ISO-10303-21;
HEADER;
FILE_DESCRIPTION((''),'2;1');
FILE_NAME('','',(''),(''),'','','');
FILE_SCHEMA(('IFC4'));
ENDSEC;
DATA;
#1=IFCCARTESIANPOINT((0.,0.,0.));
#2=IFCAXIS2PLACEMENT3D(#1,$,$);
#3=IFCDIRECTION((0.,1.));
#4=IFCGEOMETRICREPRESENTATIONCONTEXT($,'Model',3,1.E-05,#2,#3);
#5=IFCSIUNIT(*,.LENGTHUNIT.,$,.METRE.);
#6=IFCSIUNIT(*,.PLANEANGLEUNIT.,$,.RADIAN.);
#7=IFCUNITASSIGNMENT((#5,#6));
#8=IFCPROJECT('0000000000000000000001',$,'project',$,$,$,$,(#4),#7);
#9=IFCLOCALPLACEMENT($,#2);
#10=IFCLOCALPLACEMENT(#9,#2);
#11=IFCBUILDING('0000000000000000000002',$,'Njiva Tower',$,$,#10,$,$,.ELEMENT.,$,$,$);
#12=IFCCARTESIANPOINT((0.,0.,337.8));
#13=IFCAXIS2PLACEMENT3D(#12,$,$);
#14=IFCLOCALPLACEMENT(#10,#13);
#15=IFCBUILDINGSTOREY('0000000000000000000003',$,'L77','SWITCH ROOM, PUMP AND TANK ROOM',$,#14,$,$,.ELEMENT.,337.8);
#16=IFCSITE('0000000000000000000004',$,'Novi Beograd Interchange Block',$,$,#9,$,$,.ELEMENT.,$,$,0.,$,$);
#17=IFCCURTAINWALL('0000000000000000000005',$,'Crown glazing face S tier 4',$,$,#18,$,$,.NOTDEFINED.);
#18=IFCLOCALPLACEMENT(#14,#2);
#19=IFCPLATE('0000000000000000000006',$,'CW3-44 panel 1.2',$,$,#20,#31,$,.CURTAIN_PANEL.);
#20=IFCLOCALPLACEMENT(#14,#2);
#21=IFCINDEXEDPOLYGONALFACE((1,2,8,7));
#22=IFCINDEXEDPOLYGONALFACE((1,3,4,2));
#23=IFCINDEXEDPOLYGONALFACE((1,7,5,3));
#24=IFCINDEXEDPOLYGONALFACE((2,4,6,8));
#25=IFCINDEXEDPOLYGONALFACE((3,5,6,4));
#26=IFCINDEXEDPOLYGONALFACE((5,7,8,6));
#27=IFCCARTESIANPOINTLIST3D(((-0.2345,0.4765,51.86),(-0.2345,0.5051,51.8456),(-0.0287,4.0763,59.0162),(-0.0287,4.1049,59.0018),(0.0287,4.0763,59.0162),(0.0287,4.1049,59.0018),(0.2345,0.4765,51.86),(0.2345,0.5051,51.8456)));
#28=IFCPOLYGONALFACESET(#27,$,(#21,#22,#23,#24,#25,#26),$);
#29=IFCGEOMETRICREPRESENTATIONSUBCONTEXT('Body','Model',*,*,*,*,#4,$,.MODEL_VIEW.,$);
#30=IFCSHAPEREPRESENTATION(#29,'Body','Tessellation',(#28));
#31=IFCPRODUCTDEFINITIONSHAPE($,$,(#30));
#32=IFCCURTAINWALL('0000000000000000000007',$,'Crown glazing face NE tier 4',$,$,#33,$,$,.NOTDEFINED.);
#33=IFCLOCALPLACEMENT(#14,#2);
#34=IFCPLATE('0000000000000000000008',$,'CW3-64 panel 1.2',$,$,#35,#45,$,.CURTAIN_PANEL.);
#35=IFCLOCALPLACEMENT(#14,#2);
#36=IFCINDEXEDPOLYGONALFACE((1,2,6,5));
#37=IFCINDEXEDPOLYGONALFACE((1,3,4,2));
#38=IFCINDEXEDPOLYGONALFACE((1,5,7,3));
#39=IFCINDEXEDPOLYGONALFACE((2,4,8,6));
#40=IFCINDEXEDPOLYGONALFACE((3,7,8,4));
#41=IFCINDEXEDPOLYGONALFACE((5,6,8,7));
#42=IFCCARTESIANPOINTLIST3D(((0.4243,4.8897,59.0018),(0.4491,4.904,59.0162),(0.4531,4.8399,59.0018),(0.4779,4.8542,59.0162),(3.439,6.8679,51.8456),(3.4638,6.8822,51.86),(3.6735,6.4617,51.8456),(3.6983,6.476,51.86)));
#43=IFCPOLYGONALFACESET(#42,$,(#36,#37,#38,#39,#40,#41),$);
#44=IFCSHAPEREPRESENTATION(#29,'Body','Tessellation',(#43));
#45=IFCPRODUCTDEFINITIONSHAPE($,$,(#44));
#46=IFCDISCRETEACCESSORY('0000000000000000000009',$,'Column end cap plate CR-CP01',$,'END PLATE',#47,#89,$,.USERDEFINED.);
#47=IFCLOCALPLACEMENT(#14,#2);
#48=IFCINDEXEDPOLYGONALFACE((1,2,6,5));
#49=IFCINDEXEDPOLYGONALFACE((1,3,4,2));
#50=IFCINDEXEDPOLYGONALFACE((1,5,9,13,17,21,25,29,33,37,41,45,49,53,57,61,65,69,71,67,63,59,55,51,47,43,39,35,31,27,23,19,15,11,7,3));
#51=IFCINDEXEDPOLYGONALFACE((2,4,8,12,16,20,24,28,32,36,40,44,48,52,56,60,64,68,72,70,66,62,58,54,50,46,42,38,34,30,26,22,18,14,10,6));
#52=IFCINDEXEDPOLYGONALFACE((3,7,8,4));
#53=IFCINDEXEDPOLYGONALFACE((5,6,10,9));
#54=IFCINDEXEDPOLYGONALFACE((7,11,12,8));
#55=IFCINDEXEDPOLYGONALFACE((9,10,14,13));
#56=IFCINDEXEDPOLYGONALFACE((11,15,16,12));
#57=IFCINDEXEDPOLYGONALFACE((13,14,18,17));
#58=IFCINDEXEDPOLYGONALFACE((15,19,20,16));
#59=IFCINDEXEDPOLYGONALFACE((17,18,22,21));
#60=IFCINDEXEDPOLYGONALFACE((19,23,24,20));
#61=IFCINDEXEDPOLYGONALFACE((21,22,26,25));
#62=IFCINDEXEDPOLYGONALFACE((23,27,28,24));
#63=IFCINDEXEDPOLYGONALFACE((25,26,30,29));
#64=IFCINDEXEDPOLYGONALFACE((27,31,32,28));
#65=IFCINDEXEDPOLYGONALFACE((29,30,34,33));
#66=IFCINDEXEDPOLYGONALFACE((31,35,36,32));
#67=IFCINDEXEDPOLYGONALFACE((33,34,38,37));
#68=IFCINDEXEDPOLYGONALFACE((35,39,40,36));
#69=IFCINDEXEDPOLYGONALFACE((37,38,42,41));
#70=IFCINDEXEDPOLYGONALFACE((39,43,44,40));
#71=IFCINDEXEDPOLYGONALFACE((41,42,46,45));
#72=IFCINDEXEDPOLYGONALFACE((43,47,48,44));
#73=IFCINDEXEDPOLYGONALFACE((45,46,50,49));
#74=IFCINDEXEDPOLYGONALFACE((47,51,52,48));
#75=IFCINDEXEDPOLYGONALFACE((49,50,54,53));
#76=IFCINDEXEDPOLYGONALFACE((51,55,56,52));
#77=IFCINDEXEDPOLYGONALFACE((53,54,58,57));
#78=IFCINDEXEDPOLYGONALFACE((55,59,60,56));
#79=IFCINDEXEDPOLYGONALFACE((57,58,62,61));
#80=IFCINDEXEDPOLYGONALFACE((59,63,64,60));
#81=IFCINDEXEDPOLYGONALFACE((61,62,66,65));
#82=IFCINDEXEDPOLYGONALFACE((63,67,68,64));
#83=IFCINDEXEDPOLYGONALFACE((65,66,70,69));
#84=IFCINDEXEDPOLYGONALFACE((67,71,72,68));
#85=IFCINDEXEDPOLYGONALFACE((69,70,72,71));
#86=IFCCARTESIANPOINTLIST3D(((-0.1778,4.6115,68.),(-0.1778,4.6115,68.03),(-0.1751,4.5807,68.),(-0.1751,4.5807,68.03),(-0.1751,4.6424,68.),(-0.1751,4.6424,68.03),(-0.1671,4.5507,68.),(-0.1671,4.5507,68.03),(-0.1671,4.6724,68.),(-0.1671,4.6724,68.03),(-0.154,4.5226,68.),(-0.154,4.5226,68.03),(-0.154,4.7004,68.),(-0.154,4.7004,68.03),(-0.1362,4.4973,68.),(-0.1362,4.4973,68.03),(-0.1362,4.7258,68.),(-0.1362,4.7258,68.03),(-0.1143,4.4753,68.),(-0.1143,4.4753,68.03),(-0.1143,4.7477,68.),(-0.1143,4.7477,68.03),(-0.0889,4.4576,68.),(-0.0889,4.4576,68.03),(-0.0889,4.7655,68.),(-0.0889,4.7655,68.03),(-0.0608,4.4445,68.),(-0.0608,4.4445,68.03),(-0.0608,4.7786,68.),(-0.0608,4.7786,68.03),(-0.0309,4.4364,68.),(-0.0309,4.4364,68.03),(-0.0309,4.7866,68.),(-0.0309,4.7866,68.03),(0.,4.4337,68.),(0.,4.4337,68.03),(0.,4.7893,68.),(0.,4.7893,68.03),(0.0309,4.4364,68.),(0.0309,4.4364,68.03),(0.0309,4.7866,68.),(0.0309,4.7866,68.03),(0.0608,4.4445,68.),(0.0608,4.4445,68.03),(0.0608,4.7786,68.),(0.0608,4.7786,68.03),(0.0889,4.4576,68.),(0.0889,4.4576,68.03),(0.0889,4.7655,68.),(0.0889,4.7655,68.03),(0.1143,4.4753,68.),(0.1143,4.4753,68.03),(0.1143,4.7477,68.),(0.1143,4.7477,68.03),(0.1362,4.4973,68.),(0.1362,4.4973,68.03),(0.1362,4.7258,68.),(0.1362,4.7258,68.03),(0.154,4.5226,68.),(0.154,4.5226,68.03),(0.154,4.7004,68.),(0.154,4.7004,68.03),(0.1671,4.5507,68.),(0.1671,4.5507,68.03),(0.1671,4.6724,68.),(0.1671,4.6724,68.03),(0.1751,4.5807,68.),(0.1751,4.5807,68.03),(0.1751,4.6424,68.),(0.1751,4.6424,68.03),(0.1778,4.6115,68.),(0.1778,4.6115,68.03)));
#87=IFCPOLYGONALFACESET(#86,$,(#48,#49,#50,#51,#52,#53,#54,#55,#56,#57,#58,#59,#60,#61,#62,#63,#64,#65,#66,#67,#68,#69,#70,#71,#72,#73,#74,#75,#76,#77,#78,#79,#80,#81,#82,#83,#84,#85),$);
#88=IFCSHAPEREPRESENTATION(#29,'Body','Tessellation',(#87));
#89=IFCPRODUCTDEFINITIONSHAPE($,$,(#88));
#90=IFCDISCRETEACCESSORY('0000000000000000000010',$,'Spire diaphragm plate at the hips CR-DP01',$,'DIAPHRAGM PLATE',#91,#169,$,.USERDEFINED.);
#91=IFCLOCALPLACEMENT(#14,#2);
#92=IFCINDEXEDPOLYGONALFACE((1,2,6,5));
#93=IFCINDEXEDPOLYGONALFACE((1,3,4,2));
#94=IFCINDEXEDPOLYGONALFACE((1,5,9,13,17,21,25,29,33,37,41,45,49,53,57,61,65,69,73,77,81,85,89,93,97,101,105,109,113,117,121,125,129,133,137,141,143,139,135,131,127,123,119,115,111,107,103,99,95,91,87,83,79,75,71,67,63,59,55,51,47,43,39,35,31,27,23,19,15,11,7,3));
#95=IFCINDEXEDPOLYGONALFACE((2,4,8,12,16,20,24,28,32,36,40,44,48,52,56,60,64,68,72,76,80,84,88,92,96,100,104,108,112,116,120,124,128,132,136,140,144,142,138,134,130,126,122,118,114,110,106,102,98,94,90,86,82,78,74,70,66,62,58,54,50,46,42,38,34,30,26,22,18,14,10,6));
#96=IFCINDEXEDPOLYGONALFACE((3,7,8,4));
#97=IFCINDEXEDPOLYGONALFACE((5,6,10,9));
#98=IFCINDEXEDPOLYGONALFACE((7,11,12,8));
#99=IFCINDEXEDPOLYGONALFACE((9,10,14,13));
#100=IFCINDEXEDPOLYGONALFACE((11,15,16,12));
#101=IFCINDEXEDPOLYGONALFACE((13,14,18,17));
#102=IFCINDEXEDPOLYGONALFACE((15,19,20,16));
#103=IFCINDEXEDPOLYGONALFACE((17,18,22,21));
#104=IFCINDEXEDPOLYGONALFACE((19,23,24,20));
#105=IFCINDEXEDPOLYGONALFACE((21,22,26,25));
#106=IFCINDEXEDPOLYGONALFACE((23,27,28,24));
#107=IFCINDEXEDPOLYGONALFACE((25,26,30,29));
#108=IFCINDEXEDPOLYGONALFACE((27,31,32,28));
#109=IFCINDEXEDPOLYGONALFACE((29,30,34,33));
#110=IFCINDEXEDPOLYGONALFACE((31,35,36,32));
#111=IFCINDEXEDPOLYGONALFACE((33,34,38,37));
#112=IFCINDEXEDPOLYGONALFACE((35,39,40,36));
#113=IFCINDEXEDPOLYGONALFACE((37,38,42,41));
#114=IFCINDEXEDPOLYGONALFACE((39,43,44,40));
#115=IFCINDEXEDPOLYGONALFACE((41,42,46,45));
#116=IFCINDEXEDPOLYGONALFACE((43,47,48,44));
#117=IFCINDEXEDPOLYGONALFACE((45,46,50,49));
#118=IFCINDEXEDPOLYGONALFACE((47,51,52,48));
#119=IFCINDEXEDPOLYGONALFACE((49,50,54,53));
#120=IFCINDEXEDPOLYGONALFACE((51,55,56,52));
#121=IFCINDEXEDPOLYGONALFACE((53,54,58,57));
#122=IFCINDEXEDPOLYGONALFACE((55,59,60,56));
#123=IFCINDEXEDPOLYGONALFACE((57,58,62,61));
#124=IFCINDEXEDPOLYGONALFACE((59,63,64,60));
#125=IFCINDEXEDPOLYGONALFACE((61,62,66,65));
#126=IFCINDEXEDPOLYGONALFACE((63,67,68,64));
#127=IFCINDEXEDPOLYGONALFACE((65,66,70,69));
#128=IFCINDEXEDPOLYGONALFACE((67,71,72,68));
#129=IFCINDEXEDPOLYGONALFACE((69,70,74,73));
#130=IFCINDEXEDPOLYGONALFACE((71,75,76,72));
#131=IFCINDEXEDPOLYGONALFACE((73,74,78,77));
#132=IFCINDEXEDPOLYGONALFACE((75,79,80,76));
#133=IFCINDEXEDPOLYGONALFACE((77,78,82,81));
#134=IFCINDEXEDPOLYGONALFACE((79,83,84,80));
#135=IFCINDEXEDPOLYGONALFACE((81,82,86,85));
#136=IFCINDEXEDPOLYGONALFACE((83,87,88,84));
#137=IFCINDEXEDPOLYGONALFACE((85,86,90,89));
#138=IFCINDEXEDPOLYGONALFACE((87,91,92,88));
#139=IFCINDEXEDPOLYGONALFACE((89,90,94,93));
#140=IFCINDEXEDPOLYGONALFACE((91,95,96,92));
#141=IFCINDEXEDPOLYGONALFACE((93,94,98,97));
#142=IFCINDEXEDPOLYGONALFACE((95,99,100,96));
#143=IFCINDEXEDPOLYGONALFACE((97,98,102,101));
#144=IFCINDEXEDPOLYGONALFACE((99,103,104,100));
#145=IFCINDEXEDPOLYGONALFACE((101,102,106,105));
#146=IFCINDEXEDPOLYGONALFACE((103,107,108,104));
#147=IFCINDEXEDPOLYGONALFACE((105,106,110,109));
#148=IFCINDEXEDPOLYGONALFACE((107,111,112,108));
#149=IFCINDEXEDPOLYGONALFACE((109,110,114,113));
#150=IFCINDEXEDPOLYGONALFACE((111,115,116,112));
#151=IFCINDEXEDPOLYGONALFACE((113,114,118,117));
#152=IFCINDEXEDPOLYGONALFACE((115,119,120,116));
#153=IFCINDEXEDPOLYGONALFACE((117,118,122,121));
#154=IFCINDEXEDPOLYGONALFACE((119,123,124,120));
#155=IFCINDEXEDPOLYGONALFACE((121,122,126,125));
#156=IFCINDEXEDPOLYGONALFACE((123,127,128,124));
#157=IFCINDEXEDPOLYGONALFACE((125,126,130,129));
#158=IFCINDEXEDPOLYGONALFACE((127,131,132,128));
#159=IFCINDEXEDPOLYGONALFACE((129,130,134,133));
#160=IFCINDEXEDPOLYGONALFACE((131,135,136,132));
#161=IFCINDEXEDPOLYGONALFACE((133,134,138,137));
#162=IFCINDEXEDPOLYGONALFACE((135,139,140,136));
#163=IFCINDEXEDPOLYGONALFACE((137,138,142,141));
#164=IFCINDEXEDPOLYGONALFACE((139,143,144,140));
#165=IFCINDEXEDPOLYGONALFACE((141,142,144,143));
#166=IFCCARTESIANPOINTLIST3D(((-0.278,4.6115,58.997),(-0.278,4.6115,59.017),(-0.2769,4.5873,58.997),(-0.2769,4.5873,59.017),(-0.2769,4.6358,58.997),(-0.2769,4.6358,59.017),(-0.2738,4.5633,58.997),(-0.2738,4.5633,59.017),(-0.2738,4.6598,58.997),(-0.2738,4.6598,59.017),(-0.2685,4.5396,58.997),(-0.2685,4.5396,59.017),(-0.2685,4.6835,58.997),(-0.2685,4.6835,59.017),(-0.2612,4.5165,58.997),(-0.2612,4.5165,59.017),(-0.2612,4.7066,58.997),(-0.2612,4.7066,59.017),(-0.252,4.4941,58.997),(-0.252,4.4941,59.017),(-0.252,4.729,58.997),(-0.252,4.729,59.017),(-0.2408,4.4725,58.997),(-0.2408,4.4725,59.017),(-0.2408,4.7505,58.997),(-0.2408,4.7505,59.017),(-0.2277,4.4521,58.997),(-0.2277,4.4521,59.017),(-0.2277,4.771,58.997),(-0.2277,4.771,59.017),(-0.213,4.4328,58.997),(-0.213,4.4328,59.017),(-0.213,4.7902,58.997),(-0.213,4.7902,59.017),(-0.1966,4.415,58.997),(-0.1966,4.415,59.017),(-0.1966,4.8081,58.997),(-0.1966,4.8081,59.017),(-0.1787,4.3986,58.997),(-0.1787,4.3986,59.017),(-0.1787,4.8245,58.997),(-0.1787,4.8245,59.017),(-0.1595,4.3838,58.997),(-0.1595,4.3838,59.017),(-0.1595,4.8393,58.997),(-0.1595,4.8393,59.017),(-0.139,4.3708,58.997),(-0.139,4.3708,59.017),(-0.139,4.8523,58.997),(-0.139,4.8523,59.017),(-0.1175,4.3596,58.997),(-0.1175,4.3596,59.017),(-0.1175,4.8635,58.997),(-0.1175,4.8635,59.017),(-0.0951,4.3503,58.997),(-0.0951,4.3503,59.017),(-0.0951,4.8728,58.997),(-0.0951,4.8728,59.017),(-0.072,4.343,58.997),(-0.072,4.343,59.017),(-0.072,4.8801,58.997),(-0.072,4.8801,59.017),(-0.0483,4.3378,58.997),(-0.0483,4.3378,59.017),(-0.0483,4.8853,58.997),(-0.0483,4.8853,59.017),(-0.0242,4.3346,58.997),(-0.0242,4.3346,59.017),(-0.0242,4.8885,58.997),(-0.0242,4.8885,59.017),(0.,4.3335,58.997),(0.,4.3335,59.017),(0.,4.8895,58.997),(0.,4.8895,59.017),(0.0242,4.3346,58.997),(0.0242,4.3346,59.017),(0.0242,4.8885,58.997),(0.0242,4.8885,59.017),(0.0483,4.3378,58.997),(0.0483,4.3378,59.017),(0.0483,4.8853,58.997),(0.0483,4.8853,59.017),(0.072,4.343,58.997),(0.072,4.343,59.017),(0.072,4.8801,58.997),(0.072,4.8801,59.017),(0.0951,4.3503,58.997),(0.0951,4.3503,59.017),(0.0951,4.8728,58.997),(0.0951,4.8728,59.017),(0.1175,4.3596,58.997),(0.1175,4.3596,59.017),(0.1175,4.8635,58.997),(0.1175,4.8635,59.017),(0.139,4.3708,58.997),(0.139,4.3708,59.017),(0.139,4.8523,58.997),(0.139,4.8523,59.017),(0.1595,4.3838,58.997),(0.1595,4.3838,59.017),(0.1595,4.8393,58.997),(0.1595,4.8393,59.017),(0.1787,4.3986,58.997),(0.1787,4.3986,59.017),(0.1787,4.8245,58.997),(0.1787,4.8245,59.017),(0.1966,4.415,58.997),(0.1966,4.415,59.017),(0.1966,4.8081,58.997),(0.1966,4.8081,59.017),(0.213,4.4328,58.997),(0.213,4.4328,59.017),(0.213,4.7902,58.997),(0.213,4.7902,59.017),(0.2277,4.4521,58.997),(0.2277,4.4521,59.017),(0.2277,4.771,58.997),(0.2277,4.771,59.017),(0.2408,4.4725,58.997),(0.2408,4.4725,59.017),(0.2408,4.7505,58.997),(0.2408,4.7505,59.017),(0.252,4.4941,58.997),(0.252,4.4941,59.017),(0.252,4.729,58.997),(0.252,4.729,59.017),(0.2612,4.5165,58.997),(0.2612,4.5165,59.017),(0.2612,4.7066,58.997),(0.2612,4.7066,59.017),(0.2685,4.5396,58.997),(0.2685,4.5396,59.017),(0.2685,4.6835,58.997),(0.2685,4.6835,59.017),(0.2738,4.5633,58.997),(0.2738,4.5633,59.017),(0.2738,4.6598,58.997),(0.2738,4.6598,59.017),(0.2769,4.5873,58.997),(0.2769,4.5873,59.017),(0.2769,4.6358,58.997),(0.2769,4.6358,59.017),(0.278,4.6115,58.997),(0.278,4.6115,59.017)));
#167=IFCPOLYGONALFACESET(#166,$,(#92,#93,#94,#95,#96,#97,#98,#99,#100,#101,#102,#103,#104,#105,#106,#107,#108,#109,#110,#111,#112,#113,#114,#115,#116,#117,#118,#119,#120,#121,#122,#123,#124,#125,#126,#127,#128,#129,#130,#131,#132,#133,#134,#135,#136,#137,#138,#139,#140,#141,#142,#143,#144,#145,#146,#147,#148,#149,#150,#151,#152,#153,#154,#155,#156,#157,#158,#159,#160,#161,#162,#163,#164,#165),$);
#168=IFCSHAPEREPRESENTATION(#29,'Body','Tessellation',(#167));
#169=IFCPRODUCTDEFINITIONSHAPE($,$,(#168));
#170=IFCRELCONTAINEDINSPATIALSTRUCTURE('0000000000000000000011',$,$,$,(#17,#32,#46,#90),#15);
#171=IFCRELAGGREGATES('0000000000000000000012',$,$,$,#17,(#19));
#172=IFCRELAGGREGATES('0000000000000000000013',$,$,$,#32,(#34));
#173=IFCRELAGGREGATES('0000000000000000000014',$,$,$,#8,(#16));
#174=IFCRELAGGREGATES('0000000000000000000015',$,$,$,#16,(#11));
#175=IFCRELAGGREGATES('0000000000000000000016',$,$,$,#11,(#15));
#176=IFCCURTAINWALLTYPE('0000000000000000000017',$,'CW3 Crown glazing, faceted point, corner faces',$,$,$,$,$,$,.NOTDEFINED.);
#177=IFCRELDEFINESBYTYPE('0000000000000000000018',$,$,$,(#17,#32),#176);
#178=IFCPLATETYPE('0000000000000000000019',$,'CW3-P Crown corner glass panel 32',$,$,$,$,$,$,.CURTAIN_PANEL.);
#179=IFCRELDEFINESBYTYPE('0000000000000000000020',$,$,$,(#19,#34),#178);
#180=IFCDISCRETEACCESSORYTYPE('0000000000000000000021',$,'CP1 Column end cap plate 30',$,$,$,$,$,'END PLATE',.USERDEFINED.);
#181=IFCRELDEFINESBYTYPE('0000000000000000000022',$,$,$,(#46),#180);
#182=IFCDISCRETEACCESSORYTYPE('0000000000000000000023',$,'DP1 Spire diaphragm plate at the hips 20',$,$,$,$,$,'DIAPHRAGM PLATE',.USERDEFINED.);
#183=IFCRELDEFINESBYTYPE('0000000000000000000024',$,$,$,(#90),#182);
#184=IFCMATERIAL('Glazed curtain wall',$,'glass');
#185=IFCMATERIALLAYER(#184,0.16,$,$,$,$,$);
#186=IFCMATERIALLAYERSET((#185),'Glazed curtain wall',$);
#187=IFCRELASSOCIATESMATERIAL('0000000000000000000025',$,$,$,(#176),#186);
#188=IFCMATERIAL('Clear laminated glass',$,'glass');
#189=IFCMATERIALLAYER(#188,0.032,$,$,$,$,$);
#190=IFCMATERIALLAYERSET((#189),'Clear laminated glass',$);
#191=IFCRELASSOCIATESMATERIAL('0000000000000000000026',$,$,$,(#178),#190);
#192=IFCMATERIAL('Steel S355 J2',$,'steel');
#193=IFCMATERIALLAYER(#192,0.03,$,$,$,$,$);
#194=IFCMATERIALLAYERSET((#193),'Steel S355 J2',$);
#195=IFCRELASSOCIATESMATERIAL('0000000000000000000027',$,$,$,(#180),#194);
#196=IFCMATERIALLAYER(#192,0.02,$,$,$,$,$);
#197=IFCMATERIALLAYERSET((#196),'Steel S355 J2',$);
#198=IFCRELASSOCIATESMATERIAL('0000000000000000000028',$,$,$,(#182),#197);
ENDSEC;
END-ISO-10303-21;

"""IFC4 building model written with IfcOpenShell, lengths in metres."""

from ifc_helpers import new_model, si_unit, direction, frame, origin, place, context, subcontext, project, spatial, polyline, outline, extrude, material, layer, layer_set, type_object, element, aggregate, save


model = new_model("IFC4")

# Units and contexts
model_context = context("Model", 3, precision=1e-05, world=origin(), true_north=direction((0.0, 1.0)))
body_context = subcontext(model_context, "Body", "Model", "MODEL_VIEW")
ifc_project = project(units=[si_unit("LENGTHUNIT", "METRE"), si_unit("PLANEANGLEUNIT", "RADIAN")], contexts=[model_context])

# Site, building, storey
site_placement = place(None, origin())
site = spatial("IfcSite", under=ifc_project, at=site_placement, Name="Novi Beograd Interchange Block", CompositionType="ELEMENT", RefElevation=0.0)
building_placement = place(site_placement, origin())
building = spatial("IfcBuilding", under=site, at=building_placement, Name="Njiva Tower", CompositionType="ELEMENT")
storey_placement = place(building_placement, frame((0.0, 0.0, 337.8)))
storey = spatial("IfcBuildingStorey", under=building, at=storey_placement, Name="L77", Description="SWITCH ROOM, PUMP AND TANK ROOM", CompositionType="ELEMENT", Elevation=337.8)

# Shared definitions
ifc_material_1 = material(Name="Glazed curtain wall", Category="glass")

# Shared definitions
ifc_material_2 = material(Name="Clear laminated glass", Category="glass")

# Curtain walls, plates
ifc_layer_1 = layer(ifc_material_1, 0.16)
ifc_layer_set_1 = layer_set([ifc_layer_1], Name="Glazed curtain wall")
curtain_wall_type_1 = type_object("IfcCurtainWallType", Name="CW3 Crown glazing, faceted point, corner faces", PredefinedType="NOTDEFINED", material=ifc_layer_set_1)
ifc_layer_2 = layer(ifc_material_2, 0.032)
ifc_layer_set_2 = layer_set([ifc_layer_2], Name="Clear laminated glass")
plate_type_1 = type_object("IfcPlateType", Name="CW3-P Crown corner glass panel 32", PredefinedType="CURTAIN_PANEL", material=ifc_layer_set_2)
curtain_wall_1_placement = place(storey_placement, origin())
curtain_wall_1 = element("IfcCurtainWall", 1, at=curtain_wall_1_placement, inside=storey, type_object=curtain_wall_type_1, Name="Crown glazing face S tier 4", PredefinedType="NOTDEFINED")
plate_1_placement = place(storey_placement, frame((-0.2345, 0.4765, 51.86), z_axis=(0.0, -0.893341, 0.449379), x_axis=(1.0, 0.0, 0.0)))
plate_1 = element("IfcPlate", 2, at=plate_1_placement, type_object=plate_type_1, Name="CW3-44 panel 1.2", PredefinedType="CURTAIN_PANEL", context=body_context, shape_type="SweptSolid", body=[
    extrude(outline(polyline([(0.0, 0.0), (0.469, 0.0), (0.2632, 8.0106), (0.2058, 8.0106), (0.0, 0.0)])), origin(), (0.0, 0.0, -1.0), 0.032),
])
aggregate(curtain_wall_1, [plate_1])
curtain_wall_2_placement = place(storey_placement, origin())
curtain_wall_2 = element("IfcCurtainWall", 3, at=curtain_wall_2_placement, inside=storey, type_object=curtain_wall_type_1, Name="Crown glazing face NE tier 4", PredefinedType="NOTDEFINED")
plate_2_placement = place(storey_placement, frame((3.6983, 6.476, 51.86), z_axis=(0.773632, 0.446705, 0.449387), x_axis=(-0.500026, 0.866011, -0.000033)))
plate_2 = element("IfcPlate", 4, at=plate_2_placement, type_object=plate_type_1, Name="CW3-64 panel 1.2", PredefinedType="CURTAIN_PANEL", context=body_context, shape_type="SweptSolid", body=[
    extrude(outline(polyline([(0.0, 0.0), (0.469, 0.0), (0.2631, 8.0106), (0.2055, 8.0106), (0.0, 0.0)])), origin(), (0.0, 0.0, -1.0), 0.032),
])
aggregate(curtain_wall_2, [plate_2])

# Discrete accessories
ifc_material_3 = material(Name="Steel S355 J2", Category="steel")
ifc_layer_3 = layer(ifc_material_3, 0.03)
ifc_layer_set_3 = layer_set([ifc_layer_3], Name="Steel S355 J2")
discrete_accessory_type_1 = type_object("IfcDiscreteAccessoryType", Name="CP1 Column end cap plate 30", ElementType="END PLATE", PredefinedType="USERDEFINED", material=ifc_layer_set_3)
discrete_accessory_1_placement = place(storey_placement, frame((0.0, 4.6115, 68.0)))
element("IfcDiscreteAccessory", 5, at=discrete_accessory_1_placement, inside=storey, type_object=discrete_accessory_type_1, Name="Column end cap plate CR-CP01", ObjectType="END PLATE", PredefinedType="USERDEFINED", context=body_context, shape_type="SweptSolid", body=[
    extrude(outline(polyline([(0.1778, 0.0), (0.1751, 0.0309), (0.1671, 0.0609), (0.154, 0.0889), (0.1362, 0.1143), (0.1143, 0.1362), (0.0889, 0.154), (0.0608, 0.1671), (0.0309, 0.1751), (0.0, 0.1778), (-0.0309, 0.1751), (-0.0608, 0.1671), (-0.0889, 0.154), (-0.1143, 0.1362), (-0.1362, 0.1143), (-0.154, 0.0889), (-0.1671, 0.0609), (-0.1751, 0.0309), (-0.1778, 0.0), (-0.1751, -0.0308), (-0.1671, -0.0608), (-0.154, -0.0889), (-0.1362, -0.1142), (-0.1143, -0.1362), (-0.0889, -0.1539), (-0.0608, -0.167), (-0.0309, -0.1751), (0.0, -0.1778), (0.0309, -0.1751), (0.0608, -0.167), (0.0889, -0.1539), (0.1143, -0.1362), (0.1362, -0.1142), (0.154, -0.0889), (0.1671, -0.0608), (0.1751, -0.0308), (0.1778, 0.0)])), origin(), (0.0, 0.0, 1.0), 0.03),
])
ifc_layer_4 = layer(ifc_material_3, 0.02)
ifc_layer_set_4 = layer_set([ifc_layer_4], Name="Steel S355 J2")
discrete_accessory_type_2 = type_object("IfcDiscreteAccessoryType", Name="DP1 Spire diaphragm plate at the hips 20", ElementType="DIAPHRAGM PLATE", PredefinedType="USERDEFINED", material=ifc_layer_set_4)
discrete_accessory_2_placement = place(storey_placement, frame((0.0, 4.6115, 58.997)))
element("IfcDiscreteAccessory", 6, at=discrete_accessory_2_placement, inside=storey, type_object=discrete_accessory_type_2, Name="Spire diaphragm plate at the hips CR-DP01", ObjectType="DIAPHRAGM PLATE", PredefinedType="USERDEFINED", context=body_context, shape_type="SweptSolid", body=[
    extrude(outline(polyline([(0.278, 0.0), (0.2769, 0.0243), (0.2738, 0.0483), (0.2685, 0.072), (0.2612, 0.0951), (0.252, 0.1175), (0.2408, 0.139), (0.2277, 0.1595), (0.213, 0.1787), (0.1966, 0.1966), (0.1787, 0.213), (0.1595, 0.2278), (0.139, 0.2408), (0.1175, 0.252), (0.0951, 0.2613), (0.072, 0.2686), (0.0483, 0.2738), (0.0242, 0.277), (0.0, 0.278), (-0.0242, 0.277), (-0.0483, 0.2738), (-0.072, 0.2686), (-0.0951, 0.2613), (-0.1175, 0.252), (-0.139, 0.2408), (-0.1595, 0.2278), (-0.1787, 0.213), (-0.1966, 0.1966), (-0.213, 0.1787), (-0.2277, 0.1595), (-0.2408, 0.139), (-0.252, 0.1175), (-0.2612, 0.0951), (-0.2685, 0.072), (-0.2738, 0.0483), (-0.2769, 0.0243), (-0.278, 0.0), (-0.2769, -0.0242), (-0.2738, -0.0482), (-0.2685, -0.0719), (-0.2612, -0.095), (-0.252, -0.1174), (-0.2408, -0.139), (-0.2277, -0.1594), (-0.213, -0.1787), (-0.1966, -0.1965), (-0.1787, -0.2129), (-0.1595, -0.2277), (-0.139, -0.2407), (-0.1175, -0.2519), (-0.0951, -0.2612), (-0.072, -0.2685), (-0.0483, -0.2737), (-0.0242, -0.2769), (0.0, -0.278), (0.0242, -0.2769), (0.0483, -0.2737), (0.072, -0.2685), (0.0951, -0.2612), (0.1175, -0.2519), (0.139, -0.2407), (0.1595, -0.2277), (0.1787, -0.2129), (0.1966, -0.1965), (0.213, -0.1787), (0.2277, -0.1594), (0.2408, -0.139), (0.252, -0.1174), (0.2612, -0.095), (0.2685, -0.0719), (0.2738, -0.0482), (0.2769, -0.0242), (0.278, 0.0)])), origin(), (0.0, 0.0, 1.0), 0.02),
])

save(model, "model.ifc")
